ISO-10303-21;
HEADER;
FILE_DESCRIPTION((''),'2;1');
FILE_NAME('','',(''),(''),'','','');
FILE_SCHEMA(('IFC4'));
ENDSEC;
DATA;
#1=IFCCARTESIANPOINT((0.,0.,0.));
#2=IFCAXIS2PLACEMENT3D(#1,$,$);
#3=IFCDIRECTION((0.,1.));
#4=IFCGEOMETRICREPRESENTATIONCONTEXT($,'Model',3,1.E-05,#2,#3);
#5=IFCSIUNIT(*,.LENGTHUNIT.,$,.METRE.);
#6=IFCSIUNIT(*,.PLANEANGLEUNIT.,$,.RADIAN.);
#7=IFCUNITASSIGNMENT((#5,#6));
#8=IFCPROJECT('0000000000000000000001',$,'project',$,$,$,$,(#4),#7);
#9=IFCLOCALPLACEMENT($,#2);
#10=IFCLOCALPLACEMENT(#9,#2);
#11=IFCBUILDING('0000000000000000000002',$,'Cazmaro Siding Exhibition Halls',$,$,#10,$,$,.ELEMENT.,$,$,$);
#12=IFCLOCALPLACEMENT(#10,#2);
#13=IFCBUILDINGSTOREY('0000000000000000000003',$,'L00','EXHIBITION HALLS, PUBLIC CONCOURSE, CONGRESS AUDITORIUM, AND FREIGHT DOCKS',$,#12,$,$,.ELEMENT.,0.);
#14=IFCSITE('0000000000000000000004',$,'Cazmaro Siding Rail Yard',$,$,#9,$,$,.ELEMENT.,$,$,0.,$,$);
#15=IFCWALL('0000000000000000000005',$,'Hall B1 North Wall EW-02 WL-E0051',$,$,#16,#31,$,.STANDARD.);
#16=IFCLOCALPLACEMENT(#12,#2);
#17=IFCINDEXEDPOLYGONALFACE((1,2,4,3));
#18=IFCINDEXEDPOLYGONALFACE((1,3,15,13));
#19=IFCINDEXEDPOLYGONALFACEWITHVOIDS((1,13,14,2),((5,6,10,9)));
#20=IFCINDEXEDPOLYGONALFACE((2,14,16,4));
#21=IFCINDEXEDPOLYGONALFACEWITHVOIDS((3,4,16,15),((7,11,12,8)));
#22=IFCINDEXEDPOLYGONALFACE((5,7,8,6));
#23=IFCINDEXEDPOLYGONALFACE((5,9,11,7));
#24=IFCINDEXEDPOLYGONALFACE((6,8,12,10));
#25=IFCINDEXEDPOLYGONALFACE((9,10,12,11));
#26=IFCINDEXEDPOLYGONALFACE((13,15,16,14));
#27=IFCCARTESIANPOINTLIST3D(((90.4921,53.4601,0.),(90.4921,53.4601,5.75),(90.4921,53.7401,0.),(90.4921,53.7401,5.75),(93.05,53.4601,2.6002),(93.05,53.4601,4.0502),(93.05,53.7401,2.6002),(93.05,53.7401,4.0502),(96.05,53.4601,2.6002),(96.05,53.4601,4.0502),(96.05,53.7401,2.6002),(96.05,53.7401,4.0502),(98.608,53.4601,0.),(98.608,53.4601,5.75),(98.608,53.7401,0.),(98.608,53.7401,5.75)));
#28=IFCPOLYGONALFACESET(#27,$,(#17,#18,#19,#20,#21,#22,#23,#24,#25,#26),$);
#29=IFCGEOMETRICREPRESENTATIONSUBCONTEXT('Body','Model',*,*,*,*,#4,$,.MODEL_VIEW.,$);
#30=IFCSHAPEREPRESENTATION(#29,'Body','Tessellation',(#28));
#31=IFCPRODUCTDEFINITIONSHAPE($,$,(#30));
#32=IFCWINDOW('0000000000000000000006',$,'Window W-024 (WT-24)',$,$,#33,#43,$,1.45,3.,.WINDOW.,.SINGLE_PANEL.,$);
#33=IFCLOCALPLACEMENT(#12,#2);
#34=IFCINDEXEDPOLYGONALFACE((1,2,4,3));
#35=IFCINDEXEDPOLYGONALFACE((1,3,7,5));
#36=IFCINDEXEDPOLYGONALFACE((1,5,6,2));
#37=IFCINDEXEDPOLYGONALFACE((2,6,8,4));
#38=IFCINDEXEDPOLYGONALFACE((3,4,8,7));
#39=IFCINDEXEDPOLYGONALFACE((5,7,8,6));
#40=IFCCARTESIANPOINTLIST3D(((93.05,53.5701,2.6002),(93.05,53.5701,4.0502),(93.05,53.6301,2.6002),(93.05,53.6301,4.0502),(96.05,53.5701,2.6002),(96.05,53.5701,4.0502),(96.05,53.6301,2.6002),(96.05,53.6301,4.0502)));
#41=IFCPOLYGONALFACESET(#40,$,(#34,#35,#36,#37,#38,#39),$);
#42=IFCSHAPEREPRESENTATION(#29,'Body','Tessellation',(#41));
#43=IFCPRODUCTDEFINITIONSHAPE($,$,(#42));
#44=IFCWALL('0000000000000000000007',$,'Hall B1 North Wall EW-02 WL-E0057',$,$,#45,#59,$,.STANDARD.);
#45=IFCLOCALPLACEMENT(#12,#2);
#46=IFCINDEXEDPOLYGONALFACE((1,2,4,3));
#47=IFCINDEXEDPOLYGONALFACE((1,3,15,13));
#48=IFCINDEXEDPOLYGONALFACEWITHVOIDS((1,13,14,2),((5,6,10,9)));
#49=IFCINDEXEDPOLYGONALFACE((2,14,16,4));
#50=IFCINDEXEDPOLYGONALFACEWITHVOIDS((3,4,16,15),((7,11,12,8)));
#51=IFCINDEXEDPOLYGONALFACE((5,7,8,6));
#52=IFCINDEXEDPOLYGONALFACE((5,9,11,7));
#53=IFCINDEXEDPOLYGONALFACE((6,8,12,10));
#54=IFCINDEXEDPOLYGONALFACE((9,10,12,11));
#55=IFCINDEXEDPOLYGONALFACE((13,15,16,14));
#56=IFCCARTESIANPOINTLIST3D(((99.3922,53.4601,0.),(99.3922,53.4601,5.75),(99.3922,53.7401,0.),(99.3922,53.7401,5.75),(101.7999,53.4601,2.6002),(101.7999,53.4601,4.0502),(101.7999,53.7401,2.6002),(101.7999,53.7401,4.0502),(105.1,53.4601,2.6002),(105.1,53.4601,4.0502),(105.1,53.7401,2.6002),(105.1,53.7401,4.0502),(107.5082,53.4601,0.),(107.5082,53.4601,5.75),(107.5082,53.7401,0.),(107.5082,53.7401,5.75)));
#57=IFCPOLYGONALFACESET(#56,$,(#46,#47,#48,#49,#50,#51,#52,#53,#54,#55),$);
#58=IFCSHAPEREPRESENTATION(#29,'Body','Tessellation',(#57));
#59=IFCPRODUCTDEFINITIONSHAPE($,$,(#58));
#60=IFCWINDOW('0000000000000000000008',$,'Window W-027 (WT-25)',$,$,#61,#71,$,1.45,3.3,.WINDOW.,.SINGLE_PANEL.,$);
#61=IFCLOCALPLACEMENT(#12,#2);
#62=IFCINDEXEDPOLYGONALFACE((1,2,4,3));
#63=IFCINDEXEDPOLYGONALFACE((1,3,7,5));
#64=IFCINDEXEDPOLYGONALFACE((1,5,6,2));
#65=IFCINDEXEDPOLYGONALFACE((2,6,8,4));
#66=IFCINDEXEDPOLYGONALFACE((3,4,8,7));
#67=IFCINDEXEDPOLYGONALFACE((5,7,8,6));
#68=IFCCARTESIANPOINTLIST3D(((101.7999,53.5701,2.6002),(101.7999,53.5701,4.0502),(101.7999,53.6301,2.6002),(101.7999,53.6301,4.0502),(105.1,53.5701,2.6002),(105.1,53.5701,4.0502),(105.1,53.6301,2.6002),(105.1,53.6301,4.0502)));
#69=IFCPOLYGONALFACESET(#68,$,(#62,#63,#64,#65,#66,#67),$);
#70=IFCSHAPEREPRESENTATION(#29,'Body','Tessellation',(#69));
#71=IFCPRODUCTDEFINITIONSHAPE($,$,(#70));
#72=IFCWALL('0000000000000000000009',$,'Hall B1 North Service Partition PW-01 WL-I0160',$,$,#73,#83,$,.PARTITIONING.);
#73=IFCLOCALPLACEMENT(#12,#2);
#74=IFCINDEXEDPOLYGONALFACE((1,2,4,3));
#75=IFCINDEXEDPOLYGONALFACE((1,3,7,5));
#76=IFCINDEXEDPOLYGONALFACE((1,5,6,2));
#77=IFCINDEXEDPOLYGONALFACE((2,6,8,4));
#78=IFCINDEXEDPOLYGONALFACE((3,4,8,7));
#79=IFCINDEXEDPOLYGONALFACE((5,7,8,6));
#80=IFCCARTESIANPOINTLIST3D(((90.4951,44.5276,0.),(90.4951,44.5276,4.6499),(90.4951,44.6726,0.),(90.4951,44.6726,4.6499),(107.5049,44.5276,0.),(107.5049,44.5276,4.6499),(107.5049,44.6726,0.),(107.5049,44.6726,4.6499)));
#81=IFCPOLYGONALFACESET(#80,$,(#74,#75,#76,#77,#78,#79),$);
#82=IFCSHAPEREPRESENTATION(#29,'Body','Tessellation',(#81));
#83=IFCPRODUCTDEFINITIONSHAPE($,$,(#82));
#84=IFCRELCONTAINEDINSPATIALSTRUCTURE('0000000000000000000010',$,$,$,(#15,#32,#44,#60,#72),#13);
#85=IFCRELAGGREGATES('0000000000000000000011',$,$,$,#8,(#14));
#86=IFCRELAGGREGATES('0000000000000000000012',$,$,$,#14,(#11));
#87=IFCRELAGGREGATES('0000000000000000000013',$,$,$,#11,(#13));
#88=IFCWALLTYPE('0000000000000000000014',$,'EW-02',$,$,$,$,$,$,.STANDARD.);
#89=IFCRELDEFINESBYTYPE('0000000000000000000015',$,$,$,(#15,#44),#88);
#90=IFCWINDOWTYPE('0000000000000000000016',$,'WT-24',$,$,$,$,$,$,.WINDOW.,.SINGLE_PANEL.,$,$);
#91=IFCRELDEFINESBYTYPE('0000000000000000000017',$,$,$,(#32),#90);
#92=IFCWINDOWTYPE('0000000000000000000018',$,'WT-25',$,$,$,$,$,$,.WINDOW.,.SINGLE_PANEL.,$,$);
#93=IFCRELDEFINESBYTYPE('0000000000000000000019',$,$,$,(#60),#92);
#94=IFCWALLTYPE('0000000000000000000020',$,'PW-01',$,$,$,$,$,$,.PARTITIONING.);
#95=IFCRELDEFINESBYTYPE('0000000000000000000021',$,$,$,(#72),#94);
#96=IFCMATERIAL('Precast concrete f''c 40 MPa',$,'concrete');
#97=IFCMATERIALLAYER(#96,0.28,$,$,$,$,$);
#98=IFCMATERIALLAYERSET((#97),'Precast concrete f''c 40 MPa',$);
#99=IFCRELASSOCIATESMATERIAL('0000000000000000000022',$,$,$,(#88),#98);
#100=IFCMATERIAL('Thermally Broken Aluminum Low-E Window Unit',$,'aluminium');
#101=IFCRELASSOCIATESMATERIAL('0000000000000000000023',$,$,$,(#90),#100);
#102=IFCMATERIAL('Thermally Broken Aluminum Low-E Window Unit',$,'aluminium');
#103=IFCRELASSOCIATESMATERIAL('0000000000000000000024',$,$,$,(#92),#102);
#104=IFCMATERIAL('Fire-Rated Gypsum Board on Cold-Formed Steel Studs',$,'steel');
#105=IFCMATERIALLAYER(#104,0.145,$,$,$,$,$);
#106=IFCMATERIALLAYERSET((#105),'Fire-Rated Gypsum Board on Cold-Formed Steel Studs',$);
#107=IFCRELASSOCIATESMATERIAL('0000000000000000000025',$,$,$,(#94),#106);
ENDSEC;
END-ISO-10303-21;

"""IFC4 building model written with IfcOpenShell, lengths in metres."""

from ifc_helpers import new_model, si_unit, direction, frame, frame_2d, origin, place, context, subcontext, project, spatial, rectangle, extrude, material, layer, layer_set, type_object, element, fill, save


model = new_model("IFC4")

# Units and contexts
model_context = context("Model", 3, precision=1e-05, world=origin(), true_north=direction((0.0, 1.0)))
body_context = subcontext(model_context, "Body", "Model", "MODEL_VIEW")
ifc_project = project(units=[si_unit("LENGTHUNIT", "METRE"), si_unit("PLANEANGLEUNIT", "RADIAN")], contexts=[model_context])

# Site, building, storey
site_placement = place(None, origin())
site = spatial("IfcSite", under=ifc_project, at=site_placement, Name="Cazmaro Siding Rail Yard", CompositionType="ELEMENT", RefElevation=0.0)
building_placement = place(site_placement, origin())
building = spatial("IfcBuilding", under=site, at=building_placement, Name="Cazmaro Siding Exhibition Halls", CompositionType="ELEMENT")
storey_placement = place(building_placement, origin())
storey = spatial("IfcBuildingStorey", under=building, at=storey_placement, Name="L00", Description="EXHIBITION HALLS, PUBLIC CONCOURSE, CONGRESS AUDITORIUM, AND FREIGHT DOCKS", CompositionType="ELEMENT", Elevation=0.0)

# Walls, openings, windows
ifc_material_1 = material(Name="Precast concrete f'c 40 MPa", Category="concrete")
ifc_layer_1 = layer(ifc_material_1, 0.28)
ifc_layer_set_1 = layer_set([ifc_layer_1], Name="Precast concrete f'c 40 MPa")
wall_type_1 = type_object("IfcWallType", Name="EW-02", PredefinedType="STANDARD", material=ifc_layer_set_1)
wall_1_placement = place(storey_placement, frame((90.4919, 53.6001, 0.0), z_axis=(0.0, 0.0, 1.0), x_axis=(1.0, 0.0, 0.0)))
wall_1 = element("IfcWall", 1, at=wall_1_placement, inside=storey, type_object=wall_type_1, Name="Hall B1 North Wall EW-02 WL-E0051", PredefinedType="STANDARD", context=body_context, shape_type="SweptSolid", body=[
    extrude(rectangle(XDim=8.116, YDim=0.28, at=frame_2d((4.0581, 0.0))), origin(), (0.0, 0.0, 1.0), 5.75),
])
opening_1_placement = place(wall_1_placement, frame((2.5581, 0.0, 2.6001)))
opening_1 = element("IfcOpeningElement", 2, at=opening_1_placement, cuts=wall_1, PredefinedType="OPENING", context=body_context, shape_type="SweptSolid", body=[
    extrude(rectangle(XDim=3.0, YDim=1.45, at=frame_2d((1.5, 0.7251))), frame((0.0, 0.1499, 0.0), z_axis=(0.0, -1.0, 0.0), x_axis=(1.0, 0.0, 0.0)), (0.0, 0.0, 1.0), 0.3),
])
ifc_material_2 = material(Name="Thermally Broken Aluminum Low-E Window Unit", Category="aluminium")
window_type_1 = type_object("IfcWindowType", Name="WT-24", PartitioningType="SINGLE_PANEL", PredefinedType="WINDOW", material=ifc_material_2)
window_1_placement = place(opening_1_placement, origin())
window_1 = element("IfcWindow", 3, at=window_1_placement, inside=storey, type_object=window_type_1, Name="Window W-024 (WT-24)", OverallHeight=1.45, OverallWidth=3.0, PartitioningType="SINGLE_PANEL", PredefinedType="WINDOW", context=body_context, shape_type="SweptSolid", body=[
    extrude(rectangle(XDim=3.0, YDim=1.45, at=frame_2d((1.5, 0.7251))), frame((0.0, 0.03, 0.0), z_axis=(0.0, -1.0, 0.0), x_axis=(1.0, 0.0, 0.0)), (0.0, 0.0, 1.0), 0.0601),
])
fill(opening_1, window_1)
wall_2_placement = place(storey_placement, frame((99.3921, 53.6001, 0.0), z_axis=(0.0, 0.0, 1.0), x_axis=(1.0, 0.0, 0.0)))
wall_2 = element("IfcWall", 4, at=wall_2_placement, inside=storey, type_object=wall_type_1, Name="Hall B1 North Wall EW-02 WL-E0057", PredefinedType="STANDARD", context=body_context, shape_type="SweptSolid", body=[
    extrude(rectangle(XDim=8.116, YDim=0.28, at=frame_2d((4.0581, 0.0))), origin(), (0.0, 0.0, 1.0), 5.75),
])
opening_2_placement = place(wall_2_placement, frame((2.408, 0.0, 2.6001)))
opening_2 = element("IfcOpeningElement", 5, at=opening_2_placement, cuts=wall_2, PredefinedType="OPENING", context=body_context, shape_type="SweptSolid", body=[
    extrude(rectangle(XDim=3.3, YDim=1.45, at=frame_2d((1.6499, 0.7251))), frame((0.0, 0.1499, 0.0), z_axis=(0.0, -1.0, 0.0), x_axis=(1.0, 0.0, 0.0)), (0.0, 0.0, 1.0), 0.3),
])
ifc_material_3 = material(Name="Thermally Broken Aluminum Low-E Window Unit", Category="aluminium")
window_type_2 = type_object("IfcWindowType", Name="WT-25", PartitioningType="SINGLE_PANEL", PredefinedType="WINDOW", material=ifc_material_3)
window_2_placement = place(opening_2_placement, origin())
window_2 = element("IfcWindow", 6, at=window_2_placement, inside=storey, type_object=window_type_2, Name="Window W-027 (WT-25)", OverallHeight=1.45, OverallWidth=3.3, PartitioningType="SINGLE_PANEL", PredefinedType="WINDOW", context=body_context, shape_type="SweptSolid", body=[
    extrude(rectangle(XDim=3.3, YDim=1.45, at=frame_2d((1.6499, 0.7251))), frame((0.0, 0.03, 0.0), z_axis=(0.0, -1.0, 0.0), x_axis=(1.0, 0.0, 0.0)), (0.0, 0.0, 1.0), 0.0601),
])
fill(opening_2, window_2)

# Wall
ifc_material_4 = material(Name="Fire-Rated Gypsum Board on Cold-Formed Steel Studs", Category="steel")
ifc_layer_2 = layer(ifc_material_4, 0.145)
ifc_layer_set_2 = layer_set([ifc_layer_2], Name="Fire-Rated Gypsum Board on Cold-Formed Steel Studs")
wall_type_2 = type_object("IfcWallType", Name="PW-01", PredefinedType="PARTITIONING", material=ifc_layer_set_2)
wall_3_placement = place(storey_placement, frame((90.4951, 44.6001, 0.0), z_axis=(0.0, 0.0, 1.0), x_axis=(1.0, 0.0, 0.0)))
element("IfcWall", 7, at=wall_3_placement, inside=storey, type_object=wall_type_2, Name="Hall B1 North Service Partition PW-01 WL-I0160", PredefinedType="PARTITIONING", context=body_context, shape_type="SweptSolid", body=[
    extrude(rectangle(XDim=17.0098, YDim=0.145, at=frame_2d((8.5049, 0.0))), origin(), (0.0, 0.0, 1.0), 4.6499),
])

save(model, "model.ifc")
